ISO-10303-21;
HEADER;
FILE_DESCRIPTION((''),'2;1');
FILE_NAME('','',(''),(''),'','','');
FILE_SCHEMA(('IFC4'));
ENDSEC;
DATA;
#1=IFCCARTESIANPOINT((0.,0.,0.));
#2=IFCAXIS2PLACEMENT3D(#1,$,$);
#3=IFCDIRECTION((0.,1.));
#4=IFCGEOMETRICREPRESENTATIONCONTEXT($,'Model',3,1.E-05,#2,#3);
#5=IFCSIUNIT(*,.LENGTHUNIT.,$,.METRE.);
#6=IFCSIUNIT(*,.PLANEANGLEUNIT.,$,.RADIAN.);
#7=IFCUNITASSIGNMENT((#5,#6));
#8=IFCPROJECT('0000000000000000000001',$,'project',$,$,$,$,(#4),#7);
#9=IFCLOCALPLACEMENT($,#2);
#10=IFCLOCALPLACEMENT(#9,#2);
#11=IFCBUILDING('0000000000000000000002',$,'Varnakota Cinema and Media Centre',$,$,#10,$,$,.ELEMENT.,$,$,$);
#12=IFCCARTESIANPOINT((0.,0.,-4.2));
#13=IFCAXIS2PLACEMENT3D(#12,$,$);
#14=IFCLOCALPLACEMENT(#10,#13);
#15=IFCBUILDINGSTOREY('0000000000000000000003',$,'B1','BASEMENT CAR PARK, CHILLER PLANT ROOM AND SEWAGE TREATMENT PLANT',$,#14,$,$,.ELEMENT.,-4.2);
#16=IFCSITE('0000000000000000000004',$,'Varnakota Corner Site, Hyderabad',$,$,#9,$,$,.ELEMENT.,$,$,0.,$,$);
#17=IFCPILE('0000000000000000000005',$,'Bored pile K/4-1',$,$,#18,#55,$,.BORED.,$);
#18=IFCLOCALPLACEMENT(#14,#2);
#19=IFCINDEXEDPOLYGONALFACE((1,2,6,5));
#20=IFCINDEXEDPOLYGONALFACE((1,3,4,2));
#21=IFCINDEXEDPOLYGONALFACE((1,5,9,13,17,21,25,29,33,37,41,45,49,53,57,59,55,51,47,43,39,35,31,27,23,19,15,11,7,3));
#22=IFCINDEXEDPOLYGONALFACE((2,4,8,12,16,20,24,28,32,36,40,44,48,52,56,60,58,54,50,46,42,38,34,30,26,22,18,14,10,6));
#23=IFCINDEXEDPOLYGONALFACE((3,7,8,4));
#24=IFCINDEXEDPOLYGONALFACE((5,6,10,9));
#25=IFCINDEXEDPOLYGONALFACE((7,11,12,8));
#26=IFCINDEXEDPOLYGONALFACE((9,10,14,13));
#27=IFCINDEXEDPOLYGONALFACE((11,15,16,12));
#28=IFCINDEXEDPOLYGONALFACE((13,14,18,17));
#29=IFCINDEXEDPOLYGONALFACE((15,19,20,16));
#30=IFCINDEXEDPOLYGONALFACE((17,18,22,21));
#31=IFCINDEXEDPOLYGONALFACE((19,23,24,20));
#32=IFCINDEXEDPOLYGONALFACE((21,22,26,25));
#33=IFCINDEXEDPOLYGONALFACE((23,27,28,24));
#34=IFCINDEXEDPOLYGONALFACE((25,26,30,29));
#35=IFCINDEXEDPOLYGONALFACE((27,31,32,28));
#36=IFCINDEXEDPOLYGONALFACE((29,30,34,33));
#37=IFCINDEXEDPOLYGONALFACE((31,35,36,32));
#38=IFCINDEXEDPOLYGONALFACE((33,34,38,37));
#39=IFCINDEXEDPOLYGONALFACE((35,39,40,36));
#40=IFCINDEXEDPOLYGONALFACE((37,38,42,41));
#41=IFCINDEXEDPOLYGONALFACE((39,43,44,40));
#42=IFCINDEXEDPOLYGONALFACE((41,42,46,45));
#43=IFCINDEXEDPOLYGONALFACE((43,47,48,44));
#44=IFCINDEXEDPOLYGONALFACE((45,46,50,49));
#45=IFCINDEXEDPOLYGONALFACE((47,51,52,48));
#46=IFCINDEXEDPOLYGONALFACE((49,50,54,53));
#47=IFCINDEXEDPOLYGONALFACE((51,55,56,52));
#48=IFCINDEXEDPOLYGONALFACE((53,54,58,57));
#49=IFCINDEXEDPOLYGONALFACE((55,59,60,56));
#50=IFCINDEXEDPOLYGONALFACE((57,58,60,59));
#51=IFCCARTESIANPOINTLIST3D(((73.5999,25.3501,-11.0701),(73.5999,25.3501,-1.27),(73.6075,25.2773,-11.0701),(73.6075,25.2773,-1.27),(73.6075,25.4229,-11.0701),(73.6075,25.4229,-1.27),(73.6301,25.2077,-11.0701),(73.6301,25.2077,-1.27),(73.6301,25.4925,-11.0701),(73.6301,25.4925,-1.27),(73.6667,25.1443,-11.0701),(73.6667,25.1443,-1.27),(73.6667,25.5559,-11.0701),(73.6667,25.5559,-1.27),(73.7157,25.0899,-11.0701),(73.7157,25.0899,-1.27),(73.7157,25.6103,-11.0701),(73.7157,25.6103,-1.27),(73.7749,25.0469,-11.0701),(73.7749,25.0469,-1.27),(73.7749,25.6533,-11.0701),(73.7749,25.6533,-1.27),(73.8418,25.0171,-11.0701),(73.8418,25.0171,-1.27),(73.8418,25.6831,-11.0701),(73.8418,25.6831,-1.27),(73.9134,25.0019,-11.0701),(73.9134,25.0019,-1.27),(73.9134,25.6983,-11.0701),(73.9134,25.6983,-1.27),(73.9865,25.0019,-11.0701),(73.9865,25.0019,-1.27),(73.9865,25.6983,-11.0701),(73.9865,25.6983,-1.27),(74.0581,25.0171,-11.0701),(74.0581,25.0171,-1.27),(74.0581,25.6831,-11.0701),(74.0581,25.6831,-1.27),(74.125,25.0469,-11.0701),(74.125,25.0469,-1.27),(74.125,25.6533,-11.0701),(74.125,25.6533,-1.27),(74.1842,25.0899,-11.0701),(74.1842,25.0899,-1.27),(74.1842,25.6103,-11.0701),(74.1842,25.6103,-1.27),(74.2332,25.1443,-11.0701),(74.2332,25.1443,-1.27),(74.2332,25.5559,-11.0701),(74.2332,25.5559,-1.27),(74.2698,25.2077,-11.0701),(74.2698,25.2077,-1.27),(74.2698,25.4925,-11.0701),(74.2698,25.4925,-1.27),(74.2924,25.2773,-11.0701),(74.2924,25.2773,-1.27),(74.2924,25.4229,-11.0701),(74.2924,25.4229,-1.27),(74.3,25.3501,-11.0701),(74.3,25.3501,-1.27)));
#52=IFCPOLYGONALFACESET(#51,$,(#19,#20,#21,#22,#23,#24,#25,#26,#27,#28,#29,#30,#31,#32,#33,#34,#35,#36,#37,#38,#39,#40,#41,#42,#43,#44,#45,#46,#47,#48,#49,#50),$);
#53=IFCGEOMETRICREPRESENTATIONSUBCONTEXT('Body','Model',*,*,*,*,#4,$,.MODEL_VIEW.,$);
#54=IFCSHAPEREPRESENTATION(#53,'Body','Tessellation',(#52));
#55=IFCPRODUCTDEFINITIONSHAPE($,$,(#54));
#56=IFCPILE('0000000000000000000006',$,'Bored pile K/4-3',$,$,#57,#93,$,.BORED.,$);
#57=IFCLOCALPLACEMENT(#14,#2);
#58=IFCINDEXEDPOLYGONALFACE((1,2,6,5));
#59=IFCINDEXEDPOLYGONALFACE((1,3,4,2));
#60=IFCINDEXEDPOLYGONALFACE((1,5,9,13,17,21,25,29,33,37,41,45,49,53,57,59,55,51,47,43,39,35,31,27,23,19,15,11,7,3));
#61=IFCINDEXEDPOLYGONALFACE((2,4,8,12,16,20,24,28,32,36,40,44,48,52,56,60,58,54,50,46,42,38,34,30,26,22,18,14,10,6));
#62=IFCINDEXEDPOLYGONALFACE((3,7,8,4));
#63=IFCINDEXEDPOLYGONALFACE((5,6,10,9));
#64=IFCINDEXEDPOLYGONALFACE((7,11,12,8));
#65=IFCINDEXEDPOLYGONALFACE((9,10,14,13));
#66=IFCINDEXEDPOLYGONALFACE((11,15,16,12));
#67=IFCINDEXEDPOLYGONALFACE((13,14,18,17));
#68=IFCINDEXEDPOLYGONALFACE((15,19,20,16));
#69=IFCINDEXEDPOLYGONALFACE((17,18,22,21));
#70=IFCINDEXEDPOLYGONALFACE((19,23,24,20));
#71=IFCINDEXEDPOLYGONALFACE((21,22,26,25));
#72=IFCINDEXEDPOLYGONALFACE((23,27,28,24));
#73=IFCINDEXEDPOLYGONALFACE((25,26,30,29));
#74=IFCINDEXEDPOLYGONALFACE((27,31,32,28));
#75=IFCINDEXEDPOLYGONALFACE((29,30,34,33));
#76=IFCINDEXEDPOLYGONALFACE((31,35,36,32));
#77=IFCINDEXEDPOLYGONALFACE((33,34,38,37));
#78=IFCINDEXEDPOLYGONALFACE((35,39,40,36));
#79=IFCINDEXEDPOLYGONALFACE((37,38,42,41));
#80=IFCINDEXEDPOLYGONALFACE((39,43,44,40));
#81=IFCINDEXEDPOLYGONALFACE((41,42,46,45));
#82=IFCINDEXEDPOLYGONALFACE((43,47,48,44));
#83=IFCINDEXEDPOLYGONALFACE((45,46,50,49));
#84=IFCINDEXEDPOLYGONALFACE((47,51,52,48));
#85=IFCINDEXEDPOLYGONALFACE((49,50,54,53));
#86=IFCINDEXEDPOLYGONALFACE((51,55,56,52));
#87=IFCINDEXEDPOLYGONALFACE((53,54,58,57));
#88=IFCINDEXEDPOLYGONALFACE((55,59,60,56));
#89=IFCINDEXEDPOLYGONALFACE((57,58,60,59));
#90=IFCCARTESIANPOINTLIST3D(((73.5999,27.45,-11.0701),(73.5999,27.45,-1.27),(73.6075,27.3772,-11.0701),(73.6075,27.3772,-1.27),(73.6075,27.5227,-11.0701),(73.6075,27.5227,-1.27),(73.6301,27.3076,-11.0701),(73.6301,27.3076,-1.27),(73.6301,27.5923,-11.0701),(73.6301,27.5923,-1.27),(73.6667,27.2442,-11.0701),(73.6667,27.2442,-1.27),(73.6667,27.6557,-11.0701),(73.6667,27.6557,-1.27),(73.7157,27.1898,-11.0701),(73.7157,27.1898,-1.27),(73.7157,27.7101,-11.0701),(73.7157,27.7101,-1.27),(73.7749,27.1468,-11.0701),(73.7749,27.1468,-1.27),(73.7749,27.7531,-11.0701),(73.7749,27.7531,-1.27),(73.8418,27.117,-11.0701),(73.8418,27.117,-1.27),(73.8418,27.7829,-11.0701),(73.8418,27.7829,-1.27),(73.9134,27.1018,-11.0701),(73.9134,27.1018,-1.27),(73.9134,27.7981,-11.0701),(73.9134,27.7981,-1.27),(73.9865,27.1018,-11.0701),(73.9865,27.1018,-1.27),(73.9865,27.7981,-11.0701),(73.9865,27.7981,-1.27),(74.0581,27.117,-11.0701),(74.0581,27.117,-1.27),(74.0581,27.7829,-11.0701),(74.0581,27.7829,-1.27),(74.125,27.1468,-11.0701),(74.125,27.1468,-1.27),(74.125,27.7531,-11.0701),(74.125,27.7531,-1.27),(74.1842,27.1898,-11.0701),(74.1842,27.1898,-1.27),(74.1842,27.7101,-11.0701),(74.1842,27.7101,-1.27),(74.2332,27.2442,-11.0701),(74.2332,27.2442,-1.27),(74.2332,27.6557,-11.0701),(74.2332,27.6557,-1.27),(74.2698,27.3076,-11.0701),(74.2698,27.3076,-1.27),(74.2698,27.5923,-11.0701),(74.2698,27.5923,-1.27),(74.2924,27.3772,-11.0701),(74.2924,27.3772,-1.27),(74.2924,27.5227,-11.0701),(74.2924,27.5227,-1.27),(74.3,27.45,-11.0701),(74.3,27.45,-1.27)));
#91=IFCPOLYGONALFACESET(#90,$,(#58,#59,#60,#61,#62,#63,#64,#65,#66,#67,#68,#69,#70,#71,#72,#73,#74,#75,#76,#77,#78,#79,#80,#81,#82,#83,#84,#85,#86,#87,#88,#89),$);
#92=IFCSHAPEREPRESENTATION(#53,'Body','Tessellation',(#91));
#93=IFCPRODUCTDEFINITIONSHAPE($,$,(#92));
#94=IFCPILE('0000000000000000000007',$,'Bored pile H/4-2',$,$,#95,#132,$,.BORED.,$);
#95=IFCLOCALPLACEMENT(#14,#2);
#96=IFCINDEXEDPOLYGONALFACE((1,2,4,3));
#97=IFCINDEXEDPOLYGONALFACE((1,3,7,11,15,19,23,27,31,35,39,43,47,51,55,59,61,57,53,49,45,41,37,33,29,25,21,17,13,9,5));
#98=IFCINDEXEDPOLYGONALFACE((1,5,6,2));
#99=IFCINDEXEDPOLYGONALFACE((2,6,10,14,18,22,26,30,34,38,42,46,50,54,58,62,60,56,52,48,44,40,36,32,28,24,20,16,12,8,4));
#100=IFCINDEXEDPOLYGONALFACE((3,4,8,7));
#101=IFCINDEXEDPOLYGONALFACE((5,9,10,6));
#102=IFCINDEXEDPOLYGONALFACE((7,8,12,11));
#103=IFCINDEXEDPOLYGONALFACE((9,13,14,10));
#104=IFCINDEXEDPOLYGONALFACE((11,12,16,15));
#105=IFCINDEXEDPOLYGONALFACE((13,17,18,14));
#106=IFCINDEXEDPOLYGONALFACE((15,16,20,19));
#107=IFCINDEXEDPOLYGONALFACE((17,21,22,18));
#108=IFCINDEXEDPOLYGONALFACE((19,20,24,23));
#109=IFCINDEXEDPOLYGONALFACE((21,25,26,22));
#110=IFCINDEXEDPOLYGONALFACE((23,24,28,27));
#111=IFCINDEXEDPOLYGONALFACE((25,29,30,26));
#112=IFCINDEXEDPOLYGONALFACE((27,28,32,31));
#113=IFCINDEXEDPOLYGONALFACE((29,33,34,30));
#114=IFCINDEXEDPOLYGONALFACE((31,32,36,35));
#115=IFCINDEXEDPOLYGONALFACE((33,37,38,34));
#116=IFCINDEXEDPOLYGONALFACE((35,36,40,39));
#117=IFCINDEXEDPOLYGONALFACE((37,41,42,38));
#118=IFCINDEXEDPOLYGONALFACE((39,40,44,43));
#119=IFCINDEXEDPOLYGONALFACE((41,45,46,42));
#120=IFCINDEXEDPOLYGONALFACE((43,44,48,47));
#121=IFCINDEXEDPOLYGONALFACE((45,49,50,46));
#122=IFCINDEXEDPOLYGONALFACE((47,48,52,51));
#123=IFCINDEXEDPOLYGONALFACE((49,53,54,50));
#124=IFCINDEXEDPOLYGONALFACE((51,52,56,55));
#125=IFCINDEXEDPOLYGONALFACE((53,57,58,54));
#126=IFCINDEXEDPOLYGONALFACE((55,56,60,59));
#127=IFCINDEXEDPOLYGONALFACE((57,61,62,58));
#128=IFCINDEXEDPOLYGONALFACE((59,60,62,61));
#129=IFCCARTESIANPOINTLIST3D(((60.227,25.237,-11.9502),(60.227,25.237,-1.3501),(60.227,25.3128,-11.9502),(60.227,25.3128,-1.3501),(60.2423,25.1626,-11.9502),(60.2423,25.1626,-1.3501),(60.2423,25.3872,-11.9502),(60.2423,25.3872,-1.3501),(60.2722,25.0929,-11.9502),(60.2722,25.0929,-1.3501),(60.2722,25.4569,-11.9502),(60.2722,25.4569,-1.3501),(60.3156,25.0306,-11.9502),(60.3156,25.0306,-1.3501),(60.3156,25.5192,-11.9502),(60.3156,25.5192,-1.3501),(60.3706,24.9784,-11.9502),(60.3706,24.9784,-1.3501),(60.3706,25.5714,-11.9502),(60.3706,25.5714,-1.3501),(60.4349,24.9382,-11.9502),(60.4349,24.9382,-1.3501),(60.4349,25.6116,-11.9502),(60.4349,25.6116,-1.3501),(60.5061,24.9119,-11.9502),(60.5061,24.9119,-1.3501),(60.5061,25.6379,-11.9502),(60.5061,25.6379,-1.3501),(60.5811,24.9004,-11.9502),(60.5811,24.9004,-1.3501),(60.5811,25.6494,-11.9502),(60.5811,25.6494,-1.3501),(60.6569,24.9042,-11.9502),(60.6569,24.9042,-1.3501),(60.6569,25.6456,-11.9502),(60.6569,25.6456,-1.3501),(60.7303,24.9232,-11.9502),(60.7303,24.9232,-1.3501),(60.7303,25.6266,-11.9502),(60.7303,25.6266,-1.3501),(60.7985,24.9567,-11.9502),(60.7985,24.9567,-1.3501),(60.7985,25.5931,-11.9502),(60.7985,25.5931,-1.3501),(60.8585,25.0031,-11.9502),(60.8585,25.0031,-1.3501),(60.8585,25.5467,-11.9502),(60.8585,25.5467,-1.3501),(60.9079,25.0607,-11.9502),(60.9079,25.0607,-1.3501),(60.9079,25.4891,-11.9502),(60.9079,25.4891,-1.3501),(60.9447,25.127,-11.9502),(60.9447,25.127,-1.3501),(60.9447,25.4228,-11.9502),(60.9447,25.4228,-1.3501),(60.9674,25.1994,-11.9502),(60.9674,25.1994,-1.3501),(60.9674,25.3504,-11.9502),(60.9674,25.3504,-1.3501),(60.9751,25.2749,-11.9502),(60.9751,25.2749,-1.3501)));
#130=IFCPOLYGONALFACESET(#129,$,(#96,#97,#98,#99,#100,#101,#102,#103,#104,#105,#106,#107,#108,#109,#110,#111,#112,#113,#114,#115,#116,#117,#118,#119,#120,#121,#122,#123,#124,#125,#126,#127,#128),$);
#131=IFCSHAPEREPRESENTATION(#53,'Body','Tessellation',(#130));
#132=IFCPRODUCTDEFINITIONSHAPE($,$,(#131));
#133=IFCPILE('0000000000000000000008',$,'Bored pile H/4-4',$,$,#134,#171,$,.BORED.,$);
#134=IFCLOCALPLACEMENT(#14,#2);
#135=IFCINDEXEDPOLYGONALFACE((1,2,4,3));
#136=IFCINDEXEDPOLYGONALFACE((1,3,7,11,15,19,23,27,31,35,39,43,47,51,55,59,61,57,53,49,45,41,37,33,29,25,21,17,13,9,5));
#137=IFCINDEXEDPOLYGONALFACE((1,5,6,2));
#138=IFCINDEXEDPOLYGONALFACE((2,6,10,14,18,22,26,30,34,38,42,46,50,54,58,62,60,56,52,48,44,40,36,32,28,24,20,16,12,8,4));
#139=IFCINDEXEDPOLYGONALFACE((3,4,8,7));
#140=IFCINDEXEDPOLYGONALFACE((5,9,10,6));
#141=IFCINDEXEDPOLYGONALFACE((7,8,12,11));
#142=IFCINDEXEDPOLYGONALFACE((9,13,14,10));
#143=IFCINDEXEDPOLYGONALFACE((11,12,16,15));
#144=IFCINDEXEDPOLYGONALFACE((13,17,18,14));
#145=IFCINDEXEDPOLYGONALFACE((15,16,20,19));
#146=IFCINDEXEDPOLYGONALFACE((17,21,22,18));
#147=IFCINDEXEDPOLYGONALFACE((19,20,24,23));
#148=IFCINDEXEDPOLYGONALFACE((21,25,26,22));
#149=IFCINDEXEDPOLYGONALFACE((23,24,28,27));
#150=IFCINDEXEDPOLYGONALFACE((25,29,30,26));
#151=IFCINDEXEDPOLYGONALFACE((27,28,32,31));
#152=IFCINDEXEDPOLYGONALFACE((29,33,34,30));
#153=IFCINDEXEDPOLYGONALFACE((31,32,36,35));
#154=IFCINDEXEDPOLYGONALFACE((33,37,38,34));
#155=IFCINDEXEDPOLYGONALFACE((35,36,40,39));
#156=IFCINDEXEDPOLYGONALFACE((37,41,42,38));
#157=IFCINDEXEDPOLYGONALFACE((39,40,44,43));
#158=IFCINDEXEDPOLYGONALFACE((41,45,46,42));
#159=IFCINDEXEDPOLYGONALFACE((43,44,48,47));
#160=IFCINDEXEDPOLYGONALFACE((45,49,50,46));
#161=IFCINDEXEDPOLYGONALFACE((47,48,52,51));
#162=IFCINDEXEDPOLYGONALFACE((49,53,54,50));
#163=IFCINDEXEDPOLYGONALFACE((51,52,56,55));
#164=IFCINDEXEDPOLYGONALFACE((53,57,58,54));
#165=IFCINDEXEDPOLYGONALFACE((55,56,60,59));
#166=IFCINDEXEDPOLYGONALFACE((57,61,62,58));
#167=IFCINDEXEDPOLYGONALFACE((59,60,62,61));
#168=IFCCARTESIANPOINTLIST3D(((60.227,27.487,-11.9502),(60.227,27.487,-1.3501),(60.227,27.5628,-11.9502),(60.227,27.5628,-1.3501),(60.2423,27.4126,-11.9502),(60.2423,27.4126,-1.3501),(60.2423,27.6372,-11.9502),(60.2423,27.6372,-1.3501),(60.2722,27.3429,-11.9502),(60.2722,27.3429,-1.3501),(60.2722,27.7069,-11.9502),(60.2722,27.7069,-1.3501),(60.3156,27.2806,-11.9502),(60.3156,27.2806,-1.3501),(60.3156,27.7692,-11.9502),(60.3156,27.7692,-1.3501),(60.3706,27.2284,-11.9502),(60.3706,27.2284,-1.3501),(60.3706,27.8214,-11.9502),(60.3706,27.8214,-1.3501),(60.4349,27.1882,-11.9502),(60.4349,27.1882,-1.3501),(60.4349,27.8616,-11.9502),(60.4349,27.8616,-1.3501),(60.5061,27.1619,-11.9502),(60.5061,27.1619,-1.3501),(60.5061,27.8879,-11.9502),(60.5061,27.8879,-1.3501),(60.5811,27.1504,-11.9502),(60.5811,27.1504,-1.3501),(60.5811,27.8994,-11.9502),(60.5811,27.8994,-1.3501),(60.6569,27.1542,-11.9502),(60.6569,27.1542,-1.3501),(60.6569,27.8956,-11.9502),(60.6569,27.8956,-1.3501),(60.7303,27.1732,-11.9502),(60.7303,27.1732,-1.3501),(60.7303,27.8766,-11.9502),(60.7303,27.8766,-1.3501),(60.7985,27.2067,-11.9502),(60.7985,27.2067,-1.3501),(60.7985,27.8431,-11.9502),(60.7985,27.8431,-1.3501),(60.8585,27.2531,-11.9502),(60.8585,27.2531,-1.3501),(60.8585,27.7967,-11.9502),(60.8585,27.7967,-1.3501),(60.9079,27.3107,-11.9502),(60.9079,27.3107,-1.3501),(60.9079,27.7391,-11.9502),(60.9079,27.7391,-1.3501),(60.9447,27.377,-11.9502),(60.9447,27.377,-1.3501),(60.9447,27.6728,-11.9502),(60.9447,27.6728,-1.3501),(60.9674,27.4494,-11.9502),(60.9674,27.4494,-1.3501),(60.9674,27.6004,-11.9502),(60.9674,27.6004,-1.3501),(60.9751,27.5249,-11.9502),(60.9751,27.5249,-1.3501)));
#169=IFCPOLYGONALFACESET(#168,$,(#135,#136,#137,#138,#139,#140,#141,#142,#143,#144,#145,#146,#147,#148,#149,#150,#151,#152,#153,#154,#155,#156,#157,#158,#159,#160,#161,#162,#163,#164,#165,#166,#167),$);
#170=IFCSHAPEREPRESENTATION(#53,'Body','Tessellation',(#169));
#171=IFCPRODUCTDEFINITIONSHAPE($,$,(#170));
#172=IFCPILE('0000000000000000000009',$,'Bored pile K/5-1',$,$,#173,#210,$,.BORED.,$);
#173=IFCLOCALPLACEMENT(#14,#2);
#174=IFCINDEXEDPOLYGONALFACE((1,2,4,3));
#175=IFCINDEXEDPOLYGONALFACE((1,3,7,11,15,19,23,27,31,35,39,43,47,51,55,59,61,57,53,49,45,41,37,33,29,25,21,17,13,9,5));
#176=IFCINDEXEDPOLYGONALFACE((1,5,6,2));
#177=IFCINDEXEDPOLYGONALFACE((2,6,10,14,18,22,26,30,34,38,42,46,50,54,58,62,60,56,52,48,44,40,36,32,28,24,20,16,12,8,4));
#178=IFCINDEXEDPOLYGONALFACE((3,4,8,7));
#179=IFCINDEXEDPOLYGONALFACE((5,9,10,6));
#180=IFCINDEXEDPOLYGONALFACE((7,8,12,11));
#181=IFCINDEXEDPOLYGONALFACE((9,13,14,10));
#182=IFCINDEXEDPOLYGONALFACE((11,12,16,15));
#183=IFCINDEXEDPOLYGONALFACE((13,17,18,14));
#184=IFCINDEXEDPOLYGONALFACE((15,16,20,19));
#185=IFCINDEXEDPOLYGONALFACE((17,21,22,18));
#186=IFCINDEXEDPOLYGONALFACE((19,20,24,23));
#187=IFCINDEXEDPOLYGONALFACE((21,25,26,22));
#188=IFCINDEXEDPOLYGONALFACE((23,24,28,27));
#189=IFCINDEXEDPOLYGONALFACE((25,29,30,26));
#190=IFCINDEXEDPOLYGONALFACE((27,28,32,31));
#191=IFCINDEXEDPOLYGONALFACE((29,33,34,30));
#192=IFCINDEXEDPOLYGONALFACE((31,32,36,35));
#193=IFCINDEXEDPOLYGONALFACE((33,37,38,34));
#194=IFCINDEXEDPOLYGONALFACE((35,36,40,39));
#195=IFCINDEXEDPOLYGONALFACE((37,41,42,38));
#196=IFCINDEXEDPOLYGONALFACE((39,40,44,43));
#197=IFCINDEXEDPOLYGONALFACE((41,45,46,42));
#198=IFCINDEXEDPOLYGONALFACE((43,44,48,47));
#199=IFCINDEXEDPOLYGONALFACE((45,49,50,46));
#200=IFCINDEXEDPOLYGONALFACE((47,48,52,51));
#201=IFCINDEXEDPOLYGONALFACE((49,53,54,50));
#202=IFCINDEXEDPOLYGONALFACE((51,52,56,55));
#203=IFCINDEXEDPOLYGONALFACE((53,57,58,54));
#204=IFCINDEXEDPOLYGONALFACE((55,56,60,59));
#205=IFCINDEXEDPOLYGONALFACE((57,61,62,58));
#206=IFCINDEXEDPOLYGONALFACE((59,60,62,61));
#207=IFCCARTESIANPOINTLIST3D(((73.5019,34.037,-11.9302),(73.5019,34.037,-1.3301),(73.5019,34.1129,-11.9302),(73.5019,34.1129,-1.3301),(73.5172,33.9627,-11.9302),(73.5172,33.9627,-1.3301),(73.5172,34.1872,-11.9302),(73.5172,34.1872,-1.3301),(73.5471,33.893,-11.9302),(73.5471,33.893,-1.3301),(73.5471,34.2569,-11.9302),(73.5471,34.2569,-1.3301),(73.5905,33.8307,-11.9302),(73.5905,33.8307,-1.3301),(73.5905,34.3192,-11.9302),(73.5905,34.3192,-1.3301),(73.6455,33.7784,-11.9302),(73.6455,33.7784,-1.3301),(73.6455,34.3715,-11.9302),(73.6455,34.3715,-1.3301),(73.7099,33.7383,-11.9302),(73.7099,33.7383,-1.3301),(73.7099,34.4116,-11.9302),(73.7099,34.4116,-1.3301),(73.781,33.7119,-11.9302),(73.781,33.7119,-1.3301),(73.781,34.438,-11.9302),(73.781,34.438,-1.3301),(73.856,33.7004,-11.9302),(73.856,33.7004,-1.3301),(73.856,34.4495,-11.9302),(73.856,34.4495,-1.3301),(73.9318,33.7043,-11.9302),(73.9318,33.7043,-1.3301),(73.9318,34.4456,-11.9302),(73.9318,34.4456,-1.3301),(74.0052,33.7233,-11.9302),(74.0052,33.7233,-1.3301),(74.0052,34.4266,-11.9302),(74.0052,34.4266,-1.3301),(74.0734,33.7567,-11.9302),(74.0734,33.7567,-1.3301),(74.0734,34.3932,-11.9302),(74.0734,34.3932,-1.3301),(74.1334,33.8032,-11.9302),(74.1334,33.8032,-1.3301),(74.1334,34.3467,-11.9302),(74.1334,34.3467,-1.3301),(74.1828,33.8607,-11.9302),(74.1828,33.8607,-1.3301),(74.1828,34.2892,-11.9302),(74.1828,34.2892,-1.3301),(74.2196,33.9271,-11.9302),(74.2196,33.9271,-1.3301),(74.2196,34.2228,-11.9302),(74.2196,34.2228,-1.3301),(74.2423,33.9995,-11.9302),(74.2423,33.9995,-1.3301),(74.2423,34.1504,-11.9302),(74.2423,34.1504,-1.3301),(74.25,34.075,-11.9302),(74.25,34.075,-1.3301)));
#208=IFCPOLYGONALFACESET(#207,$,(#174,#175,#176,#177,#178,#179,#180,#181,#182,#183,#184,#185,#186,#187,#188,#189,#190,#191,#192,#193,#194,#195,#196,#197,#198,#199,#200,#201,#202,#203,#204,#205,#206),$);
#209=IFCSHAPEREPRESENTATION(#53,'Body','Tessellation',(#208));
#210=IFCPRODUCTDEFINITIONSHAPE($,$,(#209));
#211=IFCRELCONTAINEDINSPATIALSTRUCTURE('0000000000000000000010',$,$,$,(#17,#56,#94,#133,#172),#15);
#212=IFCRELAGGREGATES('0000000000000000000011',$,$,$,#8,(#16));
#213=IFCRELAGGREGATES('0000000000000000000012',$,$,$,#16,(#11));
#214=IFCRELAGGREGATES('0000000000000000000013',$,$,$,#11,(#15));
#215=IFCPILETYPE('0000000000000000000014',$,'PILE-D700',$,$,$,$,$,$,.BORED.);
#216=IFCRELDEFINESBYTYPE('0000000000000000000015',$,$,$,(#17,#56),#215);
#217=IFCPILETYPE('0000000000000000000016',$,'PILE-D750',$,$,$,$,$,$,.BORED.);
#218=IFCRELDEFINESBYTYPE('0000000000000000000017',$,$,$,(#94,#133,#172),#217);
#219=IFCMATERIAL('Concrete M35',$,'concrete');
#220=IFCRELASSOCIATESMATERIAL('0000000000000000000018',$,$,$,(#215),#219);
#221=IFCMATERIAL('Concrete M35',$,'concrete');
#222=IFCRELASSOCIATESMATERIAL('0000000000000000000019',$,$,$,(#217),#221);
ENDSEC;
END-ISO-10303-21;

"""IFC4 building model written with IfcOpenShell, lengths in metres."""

from ifc_helpers import new_model, si_unit, direction, frame, origin, origin_2d, place, context, subcontext, project, spatial, circle, extrude, material, material_profile, profile_set, type_object, element, save


model = new_model("IFC4")

# Units and contexts
model_context = context("Model", 3, precision=1e-05, world=origin(), true_north=direction((0.0, 1.0)))
body_context = subcontext(model_context, "Body", "Model", "MODEL_VIEW")
ifc_project = project(units=[si_unit("LENGTHUNIT", "METRE"), si_unit("PLANEANGLEUNIT", "RADIAN")], contexts=[model_context])

# Site, building, storey
site_placement = place(None, origin())
site = spatial("IfcSite", under=ifc_project, at=site_placement, Name="Varnakota Corner Site, Hyderabad", CompositionType="ELEMENT", RefElevation=0.0)
building_placement = place(site_placement, origin())
building = spatial("IfcBuilding", under=site, at=building_placement, Name="Varnakota Cinema and Media Centre", CompositionType="ELEMENT")
storey_placement = place(building_placement, frame((0.0, 0.0, -4.2)))
storey = spatial("IfcBuildingStorey", under=building, at=storey_placement, Name="B1", Description="BASEMENT CAR PARK, CHILLER PLANT ROOM AND SEWAGE TREATMENT PLANT", CompositionType="ELEMENT", Elevation=-4.2)

# Piles
ifc_material_1 = material(Name="Concrete M35", Category="concrete")
ifc_material_profile_1 = material_profile(ifc_material_1, circle(Radius=0.3501, at=origin_2d()), Name="PILE D700")
ifc_profile_set_1 = profile_set([ifc_material_profile_1], Name="Concrete M35")
pile_type_1 = type_object("IfcPileType", Name="PILE-D700", PredefinedType="BORED", material=ifc_profile_set_1)
for number, where, z_axis, x_axis, name in (
    (1, (73.95, 25.3501, -1.27), (0.0, 0.0, -1.0), (1.0, 0.0, 0.0), "Bored pile K/4-1"),
    (2, (73.95, 27.45, -1.27), (0.0, 0.0, -1.0), (1.0, 0.0, 0.0), "Bored pile K/4-3"),
):
    element("IfcPile", number, at=place(storey_placement, frame(where, z_axis=z_axis, x_axis=x_axis)), inside=storey, type_object=pile_type_1, Name=name, PredefinedType="BORED", context=body_context, shape_type="SweptSolid", body=[
        extrude(circle(Radius=0.3501, at=origin_2d()), origin(), (0.0, 0.0, 1.0), 9.8),
    ])
ifc_material_2 = material(Name="Concrete M35", Category="concrete")
ifc_material_profile_2 = material_profile(ifc_material_2, circle(Radius=0.375, at=origin_2d()), Name="PILE D750")
ifc_profile_set_2 = profile_set([ifc_material_profile_2], Name="Concrete M35")
pile_type_2 = type_object("IfcPileType", Name="PILE-D750", PredefinedType="BORED", material=ifc_profile_set_2)
for number, where, z_axis, x_axis, name in (
    (3, (60.6001, 25.2749, -1.3501), (0.0, 0.0, -1.0), (1.0, 0.0, 0.0), "Bored pile H/4-2"),
    (4, (60.6001, 27.5249, -1.3501), (0.0, 0.0, -1.0), (1.0, 0.0, 0.0), "Bored pile H/4-4"),
    (5, (73.875, 34.075, -1.3301), (0.0, 0.0, -1.0), (1.0, 0.0, 0.0), "Bored pile K/5-1"),
):
    element("IfcPile", number, at=place(storey_placement, frame(where, z_axis=z_axis, x_axis=x_axis)), inside=storey, type_object=pile_type_2, Name=name, PredefinedType="BORED", context=body_context, shape_type="SweptSolid", body=[
        extrude(circle(Radius=0.375, at=origin_2d()), origin(), (0.0, 0.0, 1.0), 10.6001),
    ])

save(model, "model.ifc")
